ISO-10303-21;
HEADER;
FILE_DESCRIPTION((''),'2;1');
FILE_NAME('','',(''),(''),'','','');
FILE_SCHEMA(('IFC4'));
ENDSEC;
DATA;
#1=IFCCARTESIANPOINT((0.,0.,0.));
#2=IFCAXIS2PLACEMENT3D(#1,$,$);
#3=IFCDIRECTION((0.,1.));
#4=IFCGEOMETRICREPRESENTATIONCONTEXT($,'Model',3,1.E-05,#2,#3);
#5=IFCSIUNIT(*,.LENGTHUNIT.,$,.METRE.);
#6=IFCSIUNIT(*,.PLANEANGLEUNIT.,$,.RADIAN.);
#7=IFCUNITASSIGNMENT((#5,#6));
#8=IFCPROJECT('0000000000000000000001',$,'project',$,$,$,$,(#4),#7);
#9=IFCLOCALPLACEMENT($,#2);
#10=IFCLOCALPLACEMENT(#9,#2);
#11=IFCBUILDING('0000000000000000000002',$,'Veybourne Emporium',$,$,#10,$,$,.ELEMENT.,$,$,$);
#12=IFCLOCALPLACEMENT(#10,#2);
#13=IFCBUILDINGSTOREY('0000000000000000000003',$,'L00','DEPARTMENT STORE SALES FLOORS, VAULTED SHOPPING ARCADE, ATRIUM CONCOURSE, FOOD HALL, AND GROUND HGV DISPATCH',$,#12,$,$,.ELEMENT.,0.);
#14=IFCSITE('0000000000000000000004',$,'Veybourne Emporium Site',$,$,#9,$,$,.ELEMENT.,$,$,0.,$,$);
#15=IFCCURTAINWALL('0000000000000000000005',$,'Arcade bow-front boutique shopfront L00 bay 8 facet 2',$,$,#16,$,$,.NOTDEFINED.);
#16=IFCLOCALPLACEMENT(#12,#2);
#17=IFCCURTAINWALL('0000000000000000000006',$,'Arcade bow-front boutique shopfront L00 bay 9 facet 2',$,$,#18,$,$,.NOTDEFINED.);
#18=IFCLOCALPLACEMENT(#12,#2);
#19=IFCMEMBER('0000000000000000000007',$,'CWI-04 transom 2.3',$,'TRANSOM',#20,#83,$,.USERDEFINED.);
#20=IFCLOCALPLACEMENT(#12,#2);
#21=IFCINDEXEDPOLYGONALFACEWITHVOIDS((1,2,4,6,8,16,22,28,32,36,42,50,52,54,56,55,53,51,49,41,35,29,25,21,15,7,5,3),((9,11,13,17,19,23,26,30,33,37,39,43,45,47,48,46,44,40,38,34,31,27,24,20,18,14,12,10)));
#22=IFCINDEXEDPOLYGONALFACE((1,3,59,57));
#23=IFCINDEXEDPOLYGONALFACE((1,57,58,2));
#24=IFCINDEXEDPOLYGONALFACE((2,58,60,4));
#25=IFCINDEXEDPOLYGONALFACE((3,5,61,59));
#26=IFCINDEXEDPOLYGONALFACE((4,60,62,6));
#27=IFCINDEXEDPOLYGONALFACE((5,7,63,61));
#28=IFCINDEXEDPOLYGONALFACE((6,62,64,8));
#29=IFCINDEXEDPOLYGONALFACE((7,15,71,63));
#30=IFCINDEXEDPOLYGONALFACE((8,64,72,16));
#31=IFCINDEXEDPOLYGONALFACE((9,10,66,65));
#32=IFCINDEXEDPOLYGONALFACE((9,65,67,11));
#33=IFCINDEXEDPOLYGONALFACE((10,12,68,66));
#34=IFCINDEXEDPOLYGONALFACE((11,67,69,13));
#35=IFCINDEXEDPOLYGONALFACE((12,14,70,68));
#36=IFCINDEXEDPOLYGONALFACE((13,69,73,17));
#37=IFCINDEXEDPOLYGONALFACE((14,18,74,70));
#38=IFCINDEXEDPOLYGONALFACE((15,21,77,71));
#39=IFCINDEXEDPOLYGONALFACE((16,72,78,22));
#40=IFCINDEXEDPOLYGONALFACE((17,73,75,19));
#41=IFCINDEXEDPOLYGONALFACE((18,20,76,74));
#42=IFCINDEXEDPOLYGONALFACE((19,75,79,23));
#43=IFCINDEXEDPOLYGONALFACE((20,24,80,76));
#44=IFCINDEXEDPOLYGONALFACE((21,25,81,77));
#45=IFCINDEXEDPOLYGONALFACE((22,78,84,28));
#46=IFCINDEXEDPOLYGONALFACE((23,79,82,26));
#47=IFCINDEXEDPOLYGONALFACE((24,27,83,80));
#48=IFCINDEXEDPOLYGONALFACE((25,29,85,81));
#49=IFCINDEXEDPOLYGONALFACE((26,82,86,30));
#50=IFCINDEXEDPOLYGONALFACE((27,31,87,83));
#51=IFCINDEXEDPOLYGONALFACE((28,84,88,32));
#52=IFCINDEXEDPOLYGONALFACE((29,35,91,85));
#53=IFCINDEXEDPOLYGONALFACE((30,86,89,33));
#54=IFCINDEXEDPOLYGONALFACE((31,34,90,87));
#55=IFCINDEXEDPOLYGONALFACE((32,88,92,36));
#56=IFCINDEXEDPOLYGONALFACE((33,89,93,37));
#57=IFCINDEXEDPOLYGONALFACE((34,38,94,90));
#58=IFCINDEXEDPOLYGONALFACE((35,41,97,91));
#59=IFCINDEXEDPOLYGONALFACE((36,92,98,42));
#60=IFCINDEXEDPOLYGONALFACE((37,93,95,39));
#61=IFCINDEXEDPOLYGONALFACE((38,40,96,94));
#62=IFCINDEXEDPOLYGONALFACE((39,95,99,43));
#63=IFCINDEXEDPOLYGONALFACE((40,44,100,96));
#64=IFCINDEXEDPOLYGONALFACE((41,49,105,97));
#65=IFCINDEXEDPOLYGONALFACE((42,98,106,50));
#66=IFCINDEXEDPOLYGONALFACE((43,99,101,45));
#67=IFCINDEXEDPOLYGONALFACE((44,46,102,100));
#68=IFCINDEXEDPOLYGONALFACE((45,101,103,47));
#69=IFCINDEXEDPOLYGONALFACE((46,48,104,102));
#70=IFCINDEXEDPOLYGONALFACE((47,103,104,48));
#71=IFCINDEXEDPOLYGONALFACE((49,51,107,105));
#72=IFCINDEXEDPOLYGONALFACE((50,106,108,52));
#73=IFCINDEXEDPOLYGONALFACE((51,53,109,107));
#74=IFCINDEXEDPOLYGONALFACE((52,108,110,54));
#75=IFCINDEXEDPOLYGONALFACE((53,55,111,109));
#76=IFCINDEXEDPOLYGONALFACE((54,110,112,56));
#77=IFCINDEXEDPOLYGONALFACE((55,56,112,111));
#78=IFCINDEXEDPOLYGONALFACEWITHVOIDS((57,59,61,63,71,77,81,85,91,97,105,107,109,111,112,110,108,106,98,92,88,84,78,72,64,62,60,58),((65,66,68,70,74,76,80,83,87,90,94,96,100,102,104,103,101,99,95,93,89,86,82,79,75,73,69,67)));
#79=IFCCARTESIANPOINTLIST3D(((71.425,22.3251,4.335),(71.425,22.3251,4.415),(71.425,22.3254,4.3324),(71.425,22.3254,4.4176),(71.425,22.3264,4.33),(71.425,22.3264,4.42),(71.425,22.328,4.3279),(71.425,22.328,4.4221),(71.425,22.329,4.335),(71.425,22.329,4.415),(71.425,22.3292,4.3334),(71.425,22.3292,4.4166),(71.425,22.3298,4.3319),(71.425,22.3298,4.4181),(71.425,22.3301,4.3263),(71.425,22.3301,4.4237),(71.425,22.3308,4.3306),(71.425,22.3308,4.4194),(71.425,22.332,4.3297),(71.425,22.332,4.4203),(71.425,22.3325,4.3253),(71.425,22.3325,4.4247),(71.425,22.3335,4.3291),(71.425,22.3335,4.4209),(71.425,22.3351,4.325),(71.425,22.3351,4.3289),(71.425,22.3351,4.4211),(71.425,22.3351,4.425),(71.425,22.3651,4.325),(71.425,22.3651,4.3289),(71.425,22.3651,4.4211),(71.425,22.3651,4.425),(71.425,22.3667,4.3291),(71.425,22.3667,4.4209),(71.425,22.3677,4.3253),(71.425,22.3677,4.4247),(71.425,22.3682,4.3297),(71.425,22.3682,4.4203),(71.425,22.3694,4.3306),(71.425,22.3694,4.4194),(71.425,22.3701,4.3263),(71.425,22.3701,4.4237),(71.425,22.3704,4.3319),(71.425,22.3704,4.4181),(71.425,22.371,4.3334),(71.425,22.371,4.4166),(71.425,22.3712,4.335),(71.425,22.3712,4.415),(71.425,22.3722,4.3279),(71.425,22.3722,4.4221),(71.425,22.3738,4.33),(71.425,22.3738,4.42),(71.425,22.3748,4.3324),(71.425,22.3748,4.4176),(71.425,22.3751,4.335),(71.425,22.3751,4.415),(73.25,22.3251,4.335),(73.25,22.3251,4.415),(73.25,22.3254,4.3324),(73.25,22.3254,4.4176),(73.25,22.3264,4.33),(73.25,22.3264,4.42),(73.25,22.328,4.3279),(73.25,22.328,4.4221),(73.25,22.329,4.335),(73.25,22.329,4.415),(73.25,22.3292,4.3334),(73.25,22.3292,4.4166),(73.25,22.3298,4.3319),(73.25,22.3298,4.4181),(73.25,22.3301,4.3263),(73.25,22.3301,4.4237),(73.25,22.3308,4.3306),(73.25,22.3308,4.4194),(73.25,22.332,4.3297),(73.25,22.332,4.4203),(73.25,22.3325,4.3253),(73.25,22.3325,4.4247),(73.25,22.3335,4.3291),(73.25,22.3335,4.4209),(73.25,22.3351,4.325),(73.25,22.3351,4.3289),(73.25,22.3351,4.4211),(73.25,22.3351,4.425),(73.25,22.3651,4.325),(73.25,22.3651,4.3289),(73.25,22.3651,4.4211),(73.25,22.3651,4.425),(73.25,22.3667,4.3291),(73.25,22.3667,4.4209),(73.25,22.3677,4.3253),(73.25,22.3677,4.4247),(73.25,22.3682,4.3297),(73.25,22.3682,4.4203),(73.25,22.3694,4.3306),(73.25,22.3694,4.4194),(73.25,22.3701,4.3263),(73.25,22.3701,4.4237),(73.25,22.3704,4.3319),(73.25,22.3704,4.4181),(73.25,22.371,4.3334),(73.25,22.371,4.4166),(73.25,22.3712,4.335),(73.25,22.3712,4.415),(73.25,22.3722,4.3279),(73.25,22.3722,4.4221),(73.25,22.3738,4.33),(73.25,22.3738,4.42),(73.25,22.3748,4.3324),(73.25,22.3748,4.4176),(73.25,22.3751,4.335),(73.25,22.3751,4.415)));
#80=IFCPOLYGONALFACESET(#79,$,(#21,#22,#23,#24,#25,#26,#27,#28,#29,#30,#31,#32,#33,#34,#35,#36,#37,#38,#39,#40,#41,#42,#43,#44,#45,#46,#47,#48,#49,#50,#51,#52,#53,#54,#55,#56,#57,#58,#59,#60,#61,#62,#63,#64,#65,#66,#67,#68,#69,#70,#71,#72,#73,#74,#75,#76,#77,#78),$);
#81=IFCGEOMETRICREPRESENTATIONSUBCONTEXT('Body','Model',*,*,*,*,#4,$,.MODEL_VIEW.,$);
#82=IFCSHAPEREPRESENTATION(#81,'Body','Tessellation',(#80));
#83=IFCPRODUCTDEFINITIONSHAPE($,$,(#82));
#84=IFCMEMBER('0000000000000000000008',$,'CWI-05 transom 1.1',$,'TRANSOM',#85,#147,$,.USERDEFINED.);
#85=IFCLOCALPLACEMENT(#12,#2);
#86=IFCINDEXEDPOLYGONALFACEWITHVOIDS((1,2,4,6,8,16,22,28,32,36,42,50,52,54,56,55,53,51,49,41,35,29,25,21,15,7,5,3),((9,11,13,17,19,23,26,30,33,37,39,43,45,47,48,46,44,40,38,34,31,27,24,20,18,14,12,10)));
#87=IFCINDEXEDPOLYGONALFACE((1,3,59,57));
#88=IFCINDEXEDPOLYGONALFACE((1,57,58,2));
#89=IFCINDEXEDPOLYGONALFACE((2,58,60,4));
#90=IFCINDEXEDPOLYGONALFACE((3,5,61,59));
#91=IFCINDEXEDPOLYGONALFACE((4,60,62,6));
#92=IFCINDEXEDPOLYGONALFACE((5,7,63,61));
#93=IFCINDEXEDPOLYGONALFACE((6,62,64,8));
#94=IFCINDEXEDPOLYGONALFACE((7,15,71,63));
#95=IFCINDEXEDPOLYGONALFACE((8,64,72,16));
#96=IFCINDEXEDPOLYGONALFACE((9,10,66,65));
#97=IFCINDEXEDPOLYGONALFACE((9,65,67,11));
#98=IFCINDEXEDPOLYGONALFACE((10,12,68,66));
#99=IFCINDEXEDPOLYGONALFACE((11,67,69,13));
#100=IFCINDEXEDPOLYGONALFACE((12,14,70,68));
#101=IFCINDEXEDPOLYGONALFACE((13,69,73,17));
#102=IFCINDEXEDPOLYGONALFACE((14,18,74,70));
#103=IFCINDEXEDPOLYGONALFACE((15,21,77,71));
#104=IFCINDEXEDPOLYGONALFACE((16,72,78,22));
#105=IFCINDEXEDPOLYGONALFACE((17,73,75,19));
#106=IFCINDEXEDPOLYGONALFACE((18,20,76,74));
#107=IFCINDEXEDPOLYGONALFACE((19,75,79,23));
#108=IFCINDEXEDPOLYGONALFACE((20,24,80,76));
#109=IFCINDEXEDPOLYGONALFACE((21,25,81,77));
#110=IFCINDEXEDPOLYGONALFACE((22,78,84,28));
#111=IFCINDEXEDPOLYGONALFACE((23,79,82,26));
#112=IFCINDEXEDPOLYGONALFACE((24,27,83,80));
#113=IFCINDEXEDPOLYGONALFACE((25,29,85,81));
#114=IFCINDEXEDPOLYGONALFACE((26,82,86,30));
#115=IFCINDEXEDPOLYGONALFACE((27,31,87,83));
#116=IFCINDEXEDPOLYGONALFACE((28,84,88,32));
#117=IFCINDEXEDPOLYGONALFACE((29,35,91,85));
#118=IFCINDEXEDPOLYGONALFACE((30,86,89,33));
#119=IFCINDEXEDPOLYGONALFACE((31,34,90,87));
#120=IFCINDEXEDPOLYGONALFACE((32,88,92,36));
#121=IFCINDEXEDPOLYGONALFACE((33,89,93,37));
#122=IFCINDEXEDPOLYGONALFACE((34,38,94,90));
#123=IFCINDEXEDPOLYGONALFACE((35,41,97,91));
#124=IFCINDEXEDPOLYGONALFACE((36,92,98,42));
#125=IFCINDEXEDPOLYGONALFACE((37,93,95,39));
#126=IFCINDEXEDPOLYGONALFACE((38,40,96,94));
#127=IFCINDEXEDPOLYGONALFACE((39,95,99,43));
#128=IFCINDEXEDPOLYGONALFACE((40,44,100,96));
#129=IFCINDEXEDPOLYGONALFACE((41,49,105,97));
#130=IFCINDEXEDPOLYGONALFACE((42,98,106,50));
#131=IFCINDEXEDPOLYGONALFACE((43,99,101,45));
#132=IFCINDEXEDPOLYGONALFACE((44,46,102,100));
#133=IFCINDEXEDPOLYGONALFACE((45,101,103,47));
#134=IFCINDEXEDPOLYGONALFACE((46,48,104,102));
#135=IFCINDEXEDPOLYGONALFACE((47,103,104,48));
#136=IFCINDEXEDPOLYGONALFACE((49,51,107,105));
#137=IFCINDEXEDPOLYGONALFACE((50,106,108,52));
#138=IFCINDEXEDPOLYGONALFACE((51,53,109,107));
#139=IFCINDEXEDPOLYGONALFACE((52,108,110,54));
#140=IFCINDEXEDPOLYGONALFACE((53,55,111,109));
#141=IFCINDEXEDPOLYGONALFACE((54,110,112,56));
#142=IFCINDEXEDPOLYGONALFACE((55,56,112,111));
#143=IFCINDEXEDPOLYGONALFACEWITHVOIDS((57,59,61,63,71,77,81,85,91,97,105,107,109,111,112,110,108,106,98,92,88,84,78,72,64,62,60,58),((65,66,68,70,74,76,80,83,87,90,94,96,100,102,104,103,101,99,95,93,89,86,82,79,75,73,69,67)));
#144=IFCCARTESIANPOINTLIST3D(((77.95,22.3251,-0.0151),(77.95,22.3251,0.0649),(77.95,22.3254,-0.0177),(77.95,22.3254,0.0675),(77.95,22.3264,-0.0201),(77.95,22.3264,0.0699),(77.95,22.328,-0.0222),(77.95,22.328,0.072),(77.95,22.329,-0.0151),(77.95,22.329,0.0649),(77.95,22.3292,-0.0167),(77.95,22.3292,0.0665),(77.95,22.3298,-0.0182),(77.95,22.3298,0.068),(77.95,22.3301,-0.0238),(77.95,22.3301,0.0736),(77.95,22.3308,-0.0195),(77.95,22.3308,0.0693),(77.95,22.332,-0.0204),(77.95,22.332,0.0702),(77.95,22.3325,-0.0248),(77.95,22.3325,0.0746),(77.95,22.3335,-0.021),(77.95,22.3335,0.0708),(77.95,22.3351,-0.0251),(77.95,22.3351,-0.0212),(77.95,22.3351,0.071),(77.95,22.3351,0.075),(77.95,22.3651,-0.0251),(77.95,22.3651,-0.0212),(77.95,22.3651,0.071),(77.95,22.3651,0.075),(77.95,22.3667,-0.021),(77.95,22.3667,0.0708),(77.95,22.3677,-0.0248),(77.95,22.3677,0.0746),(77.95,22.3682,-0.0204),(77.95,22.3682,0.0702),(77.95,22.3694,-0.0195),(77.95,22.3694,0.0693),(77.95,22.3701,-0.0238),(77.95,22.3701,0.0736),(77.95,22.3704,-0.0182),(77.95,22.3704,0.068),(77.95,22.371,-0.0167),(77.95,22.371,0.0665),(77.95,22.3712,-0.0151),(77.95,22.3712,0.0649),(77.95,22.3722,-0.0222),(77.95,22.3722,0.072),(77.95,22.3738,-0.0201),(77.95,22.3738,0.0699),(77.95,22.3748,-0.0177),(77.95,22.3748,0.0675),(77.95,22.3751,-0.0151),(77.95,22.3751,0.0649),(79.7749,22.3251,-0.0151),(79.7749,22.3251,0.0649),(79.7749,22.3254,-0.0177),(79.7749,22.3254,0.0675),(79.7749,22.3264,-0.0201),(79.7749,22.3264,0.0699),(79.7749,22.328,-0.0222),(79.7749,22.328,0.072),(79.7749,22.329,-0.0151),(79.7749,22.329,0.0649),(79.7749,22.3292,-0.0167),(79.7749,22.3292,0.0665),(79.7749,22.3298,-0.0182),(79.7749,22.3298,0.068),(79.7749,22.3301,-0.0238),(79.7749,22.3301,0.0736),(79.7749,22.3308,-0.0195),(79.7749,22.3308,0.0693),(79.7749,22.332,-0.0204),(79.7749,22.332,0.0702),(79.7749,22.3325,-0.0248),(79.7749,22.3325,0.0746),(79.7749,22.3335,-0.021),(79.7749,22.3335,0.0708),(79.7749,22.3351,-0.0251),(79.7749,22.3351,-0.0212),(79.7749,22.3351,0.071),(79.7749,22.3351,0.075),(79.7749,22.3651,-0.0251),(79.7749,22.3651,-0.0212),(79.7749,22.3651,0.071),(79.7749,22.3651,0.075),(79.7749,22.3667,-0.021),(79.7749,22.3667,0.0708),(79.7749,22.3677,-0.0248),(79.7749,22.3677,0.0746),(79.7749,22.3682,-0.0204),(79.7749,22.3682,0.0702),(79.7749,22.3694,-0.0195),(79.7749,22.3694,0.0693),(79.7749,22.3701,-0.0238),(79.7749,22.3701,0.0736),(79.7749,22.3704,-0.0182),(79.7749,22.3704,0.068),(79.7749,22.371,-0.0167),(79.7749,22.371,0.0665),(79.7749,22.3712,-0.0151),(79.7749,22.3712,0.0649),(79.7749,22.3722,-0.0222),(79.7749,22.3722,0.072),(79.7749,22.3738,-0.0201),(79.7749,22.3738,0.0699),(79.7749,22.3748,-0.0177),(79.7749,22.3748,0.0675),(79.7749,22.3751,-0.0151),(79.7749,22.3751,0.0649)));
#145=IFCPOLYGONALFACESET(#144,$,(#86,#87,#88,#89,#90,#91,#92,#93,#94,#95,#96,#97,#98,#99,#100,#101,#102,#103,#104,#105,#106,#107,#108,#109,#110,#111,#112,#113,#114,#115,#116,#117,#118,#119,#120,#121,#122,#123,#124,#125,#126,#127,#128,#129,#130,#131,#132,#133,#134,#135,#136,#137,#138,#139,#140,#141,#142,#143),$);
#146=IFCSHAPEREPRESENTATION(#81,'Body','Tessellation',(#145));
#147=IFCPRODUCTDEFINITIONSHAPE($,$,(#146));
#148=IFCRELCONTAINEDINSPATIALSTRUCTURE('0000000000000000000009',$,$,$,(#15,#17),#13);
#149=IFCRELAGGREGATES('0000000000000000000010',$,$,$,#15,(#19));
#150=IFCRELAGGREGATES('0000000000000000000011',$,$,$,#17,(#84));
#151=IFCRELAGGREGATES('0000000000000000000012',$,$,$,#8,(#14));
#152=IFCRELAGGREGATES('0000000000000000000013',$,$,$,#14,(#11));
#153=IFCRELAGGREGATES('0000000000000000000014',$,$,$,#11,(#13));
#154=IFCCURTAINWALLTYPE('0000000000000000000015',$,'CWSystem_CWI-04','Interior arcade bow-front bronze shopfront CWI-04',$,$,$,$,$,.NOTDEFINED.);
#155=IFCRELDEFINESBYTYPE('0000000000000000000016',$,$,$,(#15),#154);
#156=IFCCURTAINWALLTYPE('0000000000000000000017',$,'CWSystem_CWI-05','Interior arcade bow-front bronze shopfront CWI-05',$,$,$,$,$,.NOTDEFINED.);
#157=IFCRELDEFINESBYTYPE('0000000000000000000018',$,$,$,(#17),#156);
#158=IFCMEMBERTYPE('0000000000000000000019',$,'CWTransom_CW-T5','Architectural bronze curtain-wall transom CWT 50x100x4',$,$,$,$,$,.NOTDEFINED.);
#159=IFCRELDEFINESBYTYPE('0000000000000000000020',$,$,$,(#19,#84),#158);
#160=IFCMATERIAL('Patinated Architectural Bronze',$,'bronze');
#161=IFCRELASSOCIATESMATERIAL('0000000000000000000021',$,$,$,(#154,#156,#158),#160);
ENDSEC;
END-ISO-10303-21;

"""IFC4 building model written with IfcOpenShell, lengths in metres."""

from ifc_helpers import new_model, si_unit, direction, frame, origin, origin_2d, place, context, subcontext, project, spatial, hollow_rectangle, extrude, material, material_profile, profile_set, type_object, element, aggregate, save


model = new_model("IFC4")

# Units and contexts
model_context = context("Model", 3, precision=1e-05, world=origin(), true_north=direction((0.0, 1.0)))
body_context = subcontext(model_context, "Body", "Model", "MODEL_VIEW")
ifc_project = project(units=[si_unit("LENGTHUNIT", "METRE"), si_unit("PLANEANGLEUNIT", "RADIAN")], contexts=[model_context])

# Site, building, storey
site_placement = place(None, origin())
site = spatial("IfcSite", under=ifc_project, at=site_placement, Name="Veybourne Emporium Site", CompositionType="ELEMENT", RefElevation=0.0)
building_placement = place(site_placement, origin())
building = spatial("IfcBuilding", under=site, at=building_placement, Name="Veybourne Emporium", CompositionType="ELEMENT")
storey_placement = place(building_placement, origin())
storey = spatial("IfcBuildingStorey", under=building, at=storey_placement, Name="L00", Description="DEPARTMENT STORE SALES FLOORS, VAULTED SHOPPING ARCADE, ATRIUM CONCOURSE, FOOD HALL, AND GROUND HGV DISPATCH", CompositionType="ELEMENT", Elevation=0.0)

# Curtain walls
ifc_material_1 = material(Name="Patinated Architectural Bronze", Category="bronze")
curtain_wall_type_1 = type_object("IfcCurtainWallType", Name="CWSystem_CWI-04", Description="Interior arcade bow-front bronze shopfront CWI-04", PredefinedType="NOTDEFINED", material=ifc_material_1)
curtain_wall_1_placement = place(storey_placement, origin())
curtain_wall_1 = element("IfcCurtainWall", 1, at=curtain_wall_1_placement, inside=storey, type_object=curtain_wall_type_1, Name="Arcade bow-front boutique shopfront L00 bay 8 facet 2", PredefinedType="NOTDEFINED")
curtain_wall_type_2 = type_object("IfcCurtainWallType", Name="CWSystem_CWI-05", Description="Interior arcade bow-front bronze shopfront CWI-05", PredefinedType="NOTDEFINED", material=ifc_material_1)
curtain_wall_2_placement = place(storey_placement, origin())
curtain_wall_2 = element("IfcCurtainWall", 2, at=curtain_wall_2_placement, inside=storey, type_object=curtain_wall_type_2, Name="Arcade bow-front boutique shopfront L00 bay 9 facet 2", PredefinedType="NOTDEFINED")

# Members
ifc_material_profile_1 = material_profile(ifc_material_1, hollow_rectangle(XDim=0.05, YDim=0.1001, WallThickness=0.0039, InnerFilletRadius=0.0061, OuterFilletRadius=0.01, at=origin_2d()), Name="CWT 50x100x4")
ifc_profile_set_1 = profile_set([ifc_material_profile_1], Name="Patinated Architectural Bronze")
member_type_1 = type_object("IfcMemberType", Name="CWTransom_CW-T5", Description="Architectural bronze curtain-wall transom CWT 50x100x4", PredefinedType="NOTDEFINED", material=ifc_profile_set_1)
member_1_placement = place(storey_placement, frame((71.425, 22.3501, 4.375), z_axis=(1.0, 0.0, 0.0), x_axis=(0.0, 1.0, 0.0)))
member_1 = element("IfcMember", 3, at=member_1_placement, type_object=member_type_1, Name="CWI-04 transom 2.3", ObjectType="TRANSOM", PredefinedType="USERDEFINED", context=body_context, shape_type="SweptSolid", body=[
    extrude(hollow_rectangle(XDim=0.05, YDim=0.1001, WallThickness=0.0039, InnerFilletRadius=0.0061, OuterFilletRadius=0.01, at=origin_2d()), origin(), (0.0, 0.0, 1.0), 1.825),
])
member_2_placement = place(storey_placement, frame((77.95, 22.3501, 0.0249), z_axis=(1.0, 0.0, 0.0), x_axis=(0.0, 1.0, 0.0)))
member_2 = element("IfcMember", 4, at=member_2_placement, type_object=member_type_1, Name="CWI-05 transom 1.1", ObjectType="TRANSOM", PredefinedType="USERDEFINED", context=body_context, shape_type="SweptSolid", body=[
    extrude(hollow_rectangle(XDim=0.05, YDim=0.1001, WallThickness=0.0039, InnerFilletRadius=0.0061, OuterFilletRadius=0.01, at=origin_2d()), origin(), (0.0, 0.0, 1.0), 1.825),
])

aggregate(curtain_wall_1, [member_1])
aggregate(curtain_wall_2, [member_2])

save(model, "model.ifc")
